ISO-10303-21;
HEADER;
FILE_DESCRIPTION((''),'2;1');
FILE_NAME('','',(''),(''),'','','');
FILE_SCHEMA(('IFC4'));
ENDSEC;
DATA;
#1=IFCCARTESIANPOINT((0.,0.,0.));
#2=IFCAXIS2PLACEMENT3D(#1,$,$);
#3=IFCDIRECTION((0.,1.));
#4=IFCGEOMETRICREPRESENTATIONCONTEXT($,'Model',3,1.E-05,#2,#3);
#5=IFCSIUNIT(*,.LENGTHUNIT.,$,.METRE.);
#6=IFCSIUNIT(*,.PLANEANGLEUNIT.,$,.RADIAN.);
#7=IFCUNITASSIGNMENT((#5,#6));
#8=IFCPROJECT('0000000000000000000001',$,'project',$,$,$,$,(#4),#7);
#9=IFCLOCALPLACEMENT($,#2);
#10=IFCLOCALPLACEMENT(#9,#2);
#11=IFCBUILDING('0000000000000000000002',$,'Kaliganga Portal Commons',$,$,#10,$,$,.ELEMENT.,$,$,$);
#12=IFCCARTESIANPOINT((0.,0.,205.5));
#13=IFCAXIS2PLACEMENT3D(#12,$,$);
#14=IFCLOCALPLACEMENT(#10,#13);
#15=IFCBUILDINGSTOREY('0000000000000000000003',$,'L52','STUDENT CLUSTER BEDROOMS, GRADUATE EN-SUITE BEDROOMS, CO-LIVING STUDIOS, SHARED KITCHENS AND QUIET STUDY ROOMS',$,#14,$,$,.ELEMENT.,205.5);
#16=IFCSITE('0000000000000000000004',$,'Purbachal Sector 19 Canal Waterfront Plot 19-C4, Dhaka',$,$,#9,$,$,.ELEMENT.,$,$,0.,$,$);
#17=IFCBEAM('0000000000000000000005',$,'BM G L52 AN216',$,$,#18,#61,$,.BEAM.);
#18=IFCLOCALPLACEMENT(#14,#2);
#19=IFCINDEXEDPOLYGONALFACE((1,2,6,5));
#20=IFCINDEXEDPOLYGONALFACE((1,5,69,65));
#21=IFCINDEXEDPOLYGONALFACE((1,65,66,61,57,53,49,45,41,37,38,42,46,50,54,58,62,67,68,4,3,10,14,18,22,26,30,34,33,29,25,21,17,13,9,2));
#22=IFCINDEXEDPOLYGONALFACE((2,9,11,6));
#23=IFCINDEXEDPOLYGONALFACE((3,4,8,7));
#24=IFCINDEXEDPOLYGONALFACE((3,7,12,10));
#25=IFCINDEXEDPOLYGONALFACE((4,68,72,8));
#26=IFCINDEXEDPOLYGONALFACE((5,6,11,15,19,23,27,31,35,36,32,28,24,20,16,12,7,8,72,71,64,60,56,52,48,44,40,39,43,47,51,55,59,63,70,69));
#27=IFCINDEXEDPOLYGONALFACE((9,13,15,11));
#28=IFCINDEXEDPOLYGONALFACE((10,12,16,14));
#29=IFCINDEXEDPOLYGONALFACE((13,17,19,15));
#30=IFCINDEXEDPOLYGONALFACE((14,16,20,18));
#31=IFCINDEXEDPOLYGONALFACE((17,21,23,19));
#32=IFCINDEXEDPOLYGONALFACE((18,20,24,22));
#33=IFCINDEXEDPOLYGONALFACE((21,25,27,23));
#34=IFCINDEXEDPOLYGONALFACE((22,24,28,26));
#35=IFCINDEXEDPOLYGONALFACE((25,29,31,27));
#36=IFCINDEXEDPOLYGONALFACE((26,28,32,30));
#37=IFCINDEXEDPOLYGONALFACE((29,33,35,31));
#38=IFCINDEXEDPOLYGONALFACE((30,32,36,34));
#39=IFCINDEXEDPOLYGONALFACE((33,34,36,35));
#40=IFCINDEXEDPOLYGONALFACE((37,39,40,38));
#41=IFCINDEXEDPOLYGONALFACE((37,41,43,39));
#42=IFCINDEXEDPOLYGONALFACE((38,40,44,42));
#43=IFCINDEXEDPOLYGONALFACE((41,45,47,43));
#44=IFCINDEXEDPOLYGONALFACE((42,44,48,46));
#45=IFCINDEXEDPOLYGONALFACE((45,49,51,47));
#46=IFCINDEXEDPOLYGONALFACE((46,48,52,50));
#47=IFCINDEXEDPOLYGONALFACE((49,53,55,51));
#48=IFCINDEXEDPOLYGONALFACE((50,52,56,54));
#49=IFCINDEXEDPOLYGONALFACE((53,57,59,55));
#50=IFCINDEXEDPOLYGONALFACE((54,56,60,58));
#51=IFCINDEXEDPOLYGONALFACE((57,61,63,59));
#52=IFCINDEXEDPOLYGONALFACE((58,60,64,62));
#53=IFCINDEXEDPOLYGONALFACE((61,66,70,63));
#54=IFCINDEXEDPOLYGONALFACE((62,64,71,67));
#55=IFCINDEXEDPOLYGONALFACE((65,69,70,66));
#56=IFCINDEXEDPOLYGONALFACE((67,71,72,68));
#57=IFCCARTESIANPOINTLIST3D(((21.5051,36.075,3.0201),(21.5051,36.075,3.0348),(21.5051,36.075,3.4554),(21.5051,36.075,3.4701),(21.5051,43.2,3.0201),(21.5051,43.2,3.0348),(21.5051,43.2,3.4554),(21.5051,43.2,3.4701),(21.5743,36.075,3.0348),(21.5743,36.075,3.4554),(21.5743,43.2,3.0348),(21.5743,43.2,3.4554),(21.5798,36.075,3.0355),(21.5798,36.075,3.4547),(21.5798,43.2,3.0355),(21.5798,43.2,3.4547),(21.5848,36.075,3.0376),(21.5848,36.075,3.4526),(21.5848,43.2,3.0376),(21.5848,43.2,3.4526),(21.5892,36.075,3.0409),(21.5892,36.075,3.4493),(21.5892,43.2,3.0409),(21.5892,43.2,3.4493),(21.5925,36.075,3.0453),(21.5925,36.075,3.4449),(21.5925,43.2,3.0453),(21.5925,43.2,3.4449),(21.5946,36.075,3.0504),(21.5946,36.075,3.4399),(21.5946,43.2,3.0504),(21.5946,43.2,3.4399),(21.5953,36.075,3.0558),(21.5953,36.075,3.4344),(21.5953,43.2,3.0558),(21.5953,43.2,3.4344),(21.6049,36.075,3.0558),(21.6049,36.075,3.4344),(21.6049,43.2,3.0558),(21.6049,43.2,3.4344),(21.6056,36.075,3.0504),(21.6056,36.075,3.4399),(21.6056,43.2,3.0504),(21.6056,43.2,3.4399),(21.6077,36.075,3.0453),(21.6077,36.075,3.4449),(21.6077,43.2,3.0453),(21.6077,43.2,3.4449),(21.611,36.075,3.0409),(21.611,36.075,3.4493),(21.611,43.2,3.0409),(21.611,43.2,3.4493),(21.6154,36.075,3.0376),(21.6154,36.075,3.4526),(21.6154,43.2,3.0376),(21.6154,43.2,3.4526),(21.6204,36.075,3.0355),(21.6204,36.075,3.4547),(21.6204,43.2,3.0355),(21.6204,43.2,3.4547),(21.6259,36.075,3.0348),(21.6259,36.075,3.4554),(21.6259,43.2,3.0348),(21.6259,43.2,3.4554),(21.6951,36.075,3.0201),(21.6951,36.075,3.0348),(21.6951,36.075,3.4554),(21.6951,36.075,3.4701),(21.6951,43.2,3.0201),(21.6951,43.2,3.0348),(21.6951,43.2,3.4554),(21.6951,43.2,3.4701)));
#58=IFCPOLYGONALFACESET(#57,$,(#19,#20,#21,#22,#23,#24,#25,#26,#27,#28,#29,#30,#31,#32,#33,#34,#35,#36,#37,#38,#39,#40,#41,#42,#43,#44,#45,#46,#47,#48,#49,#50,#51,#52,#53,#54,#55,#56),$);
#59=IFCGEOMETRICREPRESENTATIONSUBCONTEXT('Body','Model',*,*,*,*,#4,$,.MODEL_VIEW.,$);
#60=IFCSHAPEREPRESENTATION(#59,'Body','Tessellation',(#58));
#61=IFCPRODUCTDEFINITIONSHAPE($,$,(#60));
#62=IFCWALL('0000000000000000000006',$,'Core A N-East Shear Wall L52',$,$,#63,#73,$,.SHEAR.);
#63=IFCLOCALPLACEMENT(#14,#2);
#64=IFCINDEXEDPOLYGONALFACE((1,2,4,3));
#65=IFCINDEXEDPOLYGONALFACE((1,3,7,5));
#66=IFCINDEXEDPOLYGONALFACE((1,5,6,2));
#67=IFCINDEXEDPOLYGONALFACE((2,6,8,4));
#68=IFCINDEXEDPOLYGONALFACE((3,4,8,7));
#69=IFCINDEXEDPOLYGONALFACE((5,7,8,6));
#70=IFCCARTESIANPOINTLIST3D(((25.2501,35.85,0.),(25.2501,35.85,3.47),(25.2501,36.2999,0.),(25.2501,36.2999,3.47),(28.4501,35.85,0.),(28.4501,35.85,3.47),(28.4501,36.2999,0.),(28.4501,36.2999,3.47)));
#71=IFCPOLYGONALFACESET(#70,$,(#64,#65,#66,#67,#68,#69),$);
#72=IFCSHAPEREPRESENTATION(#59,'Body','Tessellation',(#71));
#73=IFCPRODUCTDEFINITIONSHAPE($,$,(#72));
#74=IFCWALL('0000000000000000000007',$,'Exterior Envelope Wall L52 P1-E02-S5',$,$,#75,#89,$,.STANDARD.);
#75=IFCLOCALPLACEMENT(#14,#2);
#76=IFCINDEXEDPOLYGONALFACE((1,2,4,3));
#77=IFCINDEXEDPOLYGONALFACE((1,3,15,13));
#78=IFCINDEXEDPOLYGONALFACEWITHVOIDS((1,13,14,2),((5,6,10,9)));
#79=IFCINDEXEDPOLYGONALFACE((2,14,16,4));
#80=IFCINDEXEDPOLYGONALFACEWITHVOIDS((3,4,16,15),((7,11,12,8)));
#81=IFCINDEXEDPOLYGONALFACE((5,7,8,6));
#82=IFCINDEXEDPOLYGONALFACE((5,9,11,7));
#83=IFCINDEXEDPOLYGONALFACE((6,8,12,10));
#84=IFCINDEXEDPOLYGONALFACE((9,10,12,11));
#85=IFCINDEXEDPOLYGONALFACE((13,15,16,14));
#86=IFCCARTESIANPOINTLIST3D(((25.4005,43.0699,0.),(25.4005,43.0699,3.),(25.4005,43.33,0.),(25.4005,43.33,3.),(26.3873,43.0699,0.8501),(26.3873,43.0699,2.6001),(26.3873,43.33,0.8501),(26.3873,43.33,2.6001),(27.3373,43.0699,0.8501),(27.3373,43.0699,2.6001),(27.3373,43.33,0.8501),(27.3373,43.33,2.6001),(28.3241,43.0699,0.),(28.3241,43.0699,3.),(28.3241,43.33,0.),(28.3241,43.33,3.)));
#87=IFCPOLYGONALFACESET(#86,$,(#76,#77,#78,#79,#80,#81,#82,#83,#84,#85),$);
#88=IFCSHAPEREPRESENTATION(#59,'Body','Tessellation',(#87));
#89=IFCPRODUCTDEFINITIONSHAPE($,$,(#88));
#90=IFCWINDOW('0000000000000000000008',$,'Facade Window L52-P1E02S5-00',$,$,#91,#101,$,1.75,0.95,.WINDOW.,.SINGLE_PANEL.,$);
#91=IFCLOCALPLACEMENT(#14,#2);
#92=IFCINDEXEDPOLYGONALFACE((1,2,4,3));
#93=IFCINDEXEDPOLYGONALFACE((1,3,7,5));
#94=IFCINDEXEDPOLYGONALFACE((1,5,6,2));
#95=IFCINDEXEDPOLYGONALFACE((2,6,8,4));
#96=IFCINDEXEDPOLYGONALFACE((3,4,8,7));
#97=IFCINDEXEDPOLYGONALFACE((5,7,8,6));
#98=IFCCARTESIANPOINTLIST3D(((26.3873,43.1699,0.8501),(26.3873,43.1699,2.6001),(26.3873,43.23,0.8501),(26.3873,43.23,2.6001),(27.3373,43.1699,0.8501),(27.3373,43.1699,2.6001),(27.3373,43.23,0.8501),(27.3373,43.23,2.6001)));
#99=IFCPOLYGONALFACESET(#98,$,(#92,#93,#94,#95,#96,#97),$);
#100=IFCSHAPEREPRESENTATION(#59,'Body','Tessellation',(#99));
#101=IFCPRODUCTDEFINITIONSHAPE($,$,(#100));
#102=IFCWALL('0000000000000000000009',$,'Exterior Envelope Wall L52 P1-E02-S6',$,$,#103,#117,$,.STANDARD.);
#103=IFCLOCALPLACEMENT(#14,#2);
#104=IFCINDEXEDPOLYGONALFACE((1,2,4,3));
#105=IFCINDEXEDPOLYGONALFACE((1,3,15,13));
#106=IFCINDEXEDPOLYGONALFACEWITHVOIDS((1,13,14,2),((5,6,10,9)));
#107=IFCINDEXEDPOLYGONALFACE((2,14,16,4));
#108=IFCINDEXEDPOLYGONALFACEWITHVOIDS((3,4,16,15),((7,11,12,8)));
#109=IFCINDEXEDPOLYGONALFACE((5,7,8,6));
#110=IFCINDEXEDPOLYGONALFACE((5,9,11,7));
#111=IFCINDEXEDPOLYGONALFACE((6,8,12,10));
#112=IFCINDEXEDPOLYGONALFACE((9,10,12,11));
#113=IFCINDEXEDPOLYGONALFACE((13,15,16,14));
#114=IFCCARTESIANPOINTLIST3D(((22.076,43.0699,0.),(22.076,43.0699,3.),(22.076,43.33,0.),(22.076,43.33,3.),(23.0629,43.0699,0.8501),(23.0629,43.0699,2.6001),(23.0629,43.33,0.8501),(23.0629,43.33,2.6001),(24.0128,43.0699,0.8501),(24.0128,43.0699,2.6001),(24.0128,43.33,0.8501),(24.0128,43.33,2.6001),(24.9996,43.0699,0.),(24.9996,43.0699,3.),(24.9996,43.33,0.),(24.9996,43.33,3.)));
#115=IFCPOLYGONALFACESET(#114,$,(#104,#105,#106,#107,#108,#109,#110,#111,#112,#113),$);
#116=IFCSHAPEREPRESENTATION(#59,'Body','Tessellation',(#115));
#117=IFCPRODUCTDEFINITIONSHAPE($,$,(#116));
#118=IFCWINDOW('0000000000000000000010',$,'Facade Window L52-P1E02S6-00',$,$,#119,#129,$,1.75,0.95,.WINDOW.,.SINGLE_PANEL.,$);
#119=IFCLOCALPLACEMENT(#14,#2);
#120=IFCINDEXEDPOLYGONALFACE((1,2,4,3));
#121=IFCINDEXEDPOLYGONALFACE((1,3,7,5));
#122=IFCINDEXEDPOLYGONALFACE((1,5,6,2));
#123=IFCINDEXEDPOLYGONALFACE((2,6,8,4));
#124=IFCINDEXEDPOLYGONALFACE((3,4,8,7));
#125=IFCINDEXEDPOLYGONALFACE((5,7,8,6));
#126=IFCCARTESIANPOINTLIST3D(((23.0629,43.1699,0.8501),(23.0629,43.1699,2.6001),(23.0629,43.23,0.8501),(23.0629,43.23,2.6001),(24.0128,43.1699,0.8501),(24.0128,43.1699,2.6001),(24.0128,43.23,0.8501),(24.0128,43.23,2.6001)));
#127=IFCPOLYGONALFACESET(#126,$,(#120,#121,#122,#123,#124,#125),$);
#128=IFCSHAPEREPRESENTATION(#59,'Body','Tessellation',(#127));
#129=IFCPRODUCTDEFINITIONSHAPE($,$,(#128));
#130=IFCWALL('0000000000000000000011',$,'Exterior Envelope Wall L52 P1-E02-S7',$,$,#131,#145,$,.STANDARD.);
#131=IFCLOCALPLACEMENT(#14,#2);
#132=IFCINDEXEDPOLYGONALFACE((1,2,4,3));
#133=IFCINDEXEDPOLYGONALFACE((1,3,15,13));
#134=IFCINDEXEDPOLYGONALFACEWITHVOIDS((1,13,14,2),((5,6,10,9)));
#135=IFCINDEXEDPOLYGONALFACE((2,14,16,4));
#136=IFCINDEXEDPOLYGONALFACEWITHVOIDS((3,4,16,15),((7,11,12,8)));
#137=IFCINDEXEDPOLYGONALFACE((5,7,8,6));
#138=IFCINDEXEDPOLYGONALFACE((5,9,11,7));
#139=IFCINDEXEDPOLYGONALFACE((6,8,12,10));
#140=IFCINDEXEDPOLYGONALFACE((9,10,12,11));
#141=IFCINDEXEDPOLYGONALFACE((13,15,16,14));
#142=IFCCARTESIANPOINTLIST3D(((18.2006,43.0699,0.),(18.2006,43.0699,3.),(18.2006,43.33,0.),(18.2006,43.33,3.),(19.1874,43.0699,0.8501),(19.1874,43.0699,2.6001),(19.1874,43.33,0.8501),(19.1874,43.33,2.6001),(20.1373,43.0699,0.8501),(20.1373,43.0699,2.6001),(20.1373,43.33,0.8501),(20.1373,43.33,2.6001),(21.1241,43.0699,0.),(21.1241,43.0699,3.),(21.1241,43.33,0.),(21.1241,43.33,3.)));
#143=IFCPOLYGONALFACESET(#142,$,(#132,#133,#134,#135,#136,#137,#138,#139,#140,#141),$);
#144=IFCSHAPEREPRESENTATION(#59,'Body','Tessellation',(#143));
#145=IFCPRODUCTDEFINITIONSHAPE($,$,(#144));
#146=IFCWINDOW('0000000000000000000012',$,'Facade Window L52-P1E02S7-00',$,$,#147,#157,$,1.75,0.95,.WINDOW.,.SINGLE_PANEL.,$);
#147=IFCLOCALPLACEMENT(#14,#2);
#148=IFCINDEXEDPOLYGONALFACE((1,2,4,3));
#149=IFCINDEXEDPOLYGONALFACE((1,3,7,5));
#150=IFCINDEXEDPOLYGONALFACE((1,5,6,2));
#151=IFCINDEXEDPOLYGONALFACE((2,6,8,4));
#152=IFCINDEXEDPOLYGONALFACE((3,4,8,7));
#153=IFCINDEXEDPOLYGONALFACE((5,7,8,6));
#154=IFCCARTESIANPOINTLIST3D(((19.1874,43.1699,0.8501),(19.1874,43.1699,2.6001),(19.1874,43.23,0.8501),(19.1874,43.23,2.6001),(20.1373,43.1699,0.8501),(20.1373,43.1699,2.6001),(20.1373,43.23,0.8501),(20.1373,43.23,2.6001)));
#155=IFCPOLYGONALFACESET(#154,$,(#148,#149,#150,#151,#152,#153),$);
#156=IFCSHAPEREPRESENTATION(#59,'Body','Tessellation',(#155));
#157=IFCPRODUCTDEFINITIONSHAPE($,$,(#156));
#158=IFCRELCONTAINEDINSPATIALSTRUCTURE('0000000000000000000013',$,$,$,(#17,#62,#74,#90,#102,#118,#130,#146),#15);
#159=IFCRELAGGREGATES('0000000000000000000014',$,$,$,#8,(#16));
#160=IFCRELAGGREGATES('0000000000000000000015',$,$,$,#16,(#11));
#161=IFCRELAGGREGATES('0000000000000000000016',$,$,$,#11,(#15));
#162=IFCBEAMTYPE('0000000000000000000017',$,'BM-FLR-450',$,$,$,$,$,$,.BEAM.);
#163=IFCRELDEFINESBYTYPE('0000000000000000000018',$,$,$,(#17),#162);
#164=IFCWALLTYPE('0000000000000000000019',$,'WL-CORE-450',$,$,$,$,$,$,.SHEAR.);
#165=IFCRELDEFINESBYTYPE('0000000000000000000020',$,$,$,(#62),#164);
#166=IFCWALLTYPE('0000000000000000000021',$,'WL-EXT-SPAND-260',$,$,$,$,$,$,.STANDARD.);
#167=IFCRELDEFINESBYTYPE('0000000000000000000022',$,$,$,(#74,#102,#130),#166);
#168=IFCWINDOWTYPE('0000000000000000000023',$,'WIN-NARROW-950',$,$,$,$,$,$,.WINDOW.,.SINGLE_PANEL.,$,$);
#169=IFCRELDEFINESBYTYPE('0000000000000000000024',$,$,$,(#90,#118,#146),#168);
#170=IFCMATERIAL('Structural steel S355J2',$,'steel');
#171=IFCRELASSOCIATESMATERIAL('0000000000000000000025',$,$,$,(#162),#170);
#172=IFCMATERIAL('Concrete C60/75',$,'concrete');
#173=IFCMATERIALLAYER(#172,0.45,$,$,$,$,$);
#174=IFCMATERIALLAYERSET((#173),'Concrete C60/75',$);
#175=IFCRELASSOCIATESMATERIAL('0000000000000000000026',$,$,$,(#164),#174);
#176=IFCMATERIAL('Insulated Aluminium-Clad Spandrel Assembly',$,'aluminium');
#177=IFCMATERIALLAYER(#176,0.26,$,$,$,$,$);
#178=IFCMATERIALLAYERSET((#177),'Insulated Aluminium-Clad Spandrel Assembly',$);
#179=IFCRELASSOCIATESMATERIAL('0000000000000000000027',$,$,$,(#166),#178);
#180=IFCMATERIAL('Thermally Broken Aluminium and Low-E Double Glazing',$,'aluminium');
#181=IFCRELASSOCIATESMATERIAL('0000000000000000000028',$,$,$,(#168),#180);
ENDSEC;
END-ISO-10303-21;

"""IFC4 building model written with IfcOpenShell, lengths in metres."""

from ifc_helpers import new_model, si_unit, direction, frame, frame_2d, origin, origin_2d, place, context, subcontext, project, spatial, rectangle, i_section, extrude, source, transform, mapped, material, layer, layer_set, material_profile, profile_set, type_object, element, fill, save


model = new_model("IFC4")

# Units and contexts
model_context = context("Model", 3, precision=1e-05, world=origin(), true_north=direction((0.0, 1.0)))
body_context = subcontext(model_context, "Body", "Model", "MODEL_VIEW")
ifc_project = project(units=[si_unit("LENGTHUNIT", "METRE"), si_unit("PLANEANGLEUNIT", "RADIAN")], contexts=[model_context])

# Site, building, storey
site_placement = place(None, origin())
site = spatial("IfcSite", under=ifc_project, at=site_placement, Name="Purbachal Sector 19 Canal Waterfront Plot 19-C4, Dhaka", CompositionType="ELEMENT", RefElevation=0.0)
building_placement = place(site_placement, origin())
building = spatial("IfcBuilding", under=site, at=building_placement, Name="Kaliganga Portal Commons", CompositionType="ELEMENT")
storey_placement = place(building_placement, frame((0.0, 0.0, 205.5)))
storey = spatial("IfcBuildingStorey", under=building, at=storey_placement, Name="L52", Description="STUDENT CLUSTER BEDROOMS, GRADUATE EN-SUITE BEDROOMS, CO-LIVING STUDIOS, SHARED KITCHENS AND QUIET STUDY ROOMS", CompositionType="ELEMENT", Elevation=205.5)

# Shared definitions
ifc_material_1 = material(Name="Structural steel S355J2", Category="steel")

# Beam
ifc_material_profile_1 = material_profile(ifc_material_1, i_section(OverallWidth=0.1899, OverallDepth=0.45, WebThickness=0.0095, FlangeThickness=0.0146, FilletRadius=0.021, at=origin_2d()), Name="IPE 450")
ifc_profile_set_1 = profile_set([ifc_material_profile_1], Name="Structural steel S355J2 wide-flange")
beam_type_1 = type_object("IfcBeamType", Name="BM-FLR-450", PredefinedType="BEAM", material=ifc_profile_set_1)
shared_shape_1 = source(origin(), body_context, "Body", "SweptSolid", [
    extrude(i_section(OverallWidth=0.1899, OverallDepth=0.45, WebThickness=0.0095, FlangeThickness=0.0146, FilletRadius=0.021, at=origin_2d()), origin(), (0.0, 0.0, 1.0), 7.125),
])
beam_1_placement = place(storey_placement, frame((21.6001, 36.075, 3.2451), z_axis=(0.0, 1.0, 0.0), x_axis=(-1.0, 0.0, 0.0)))
element("IfcBeam", 1, at=beam_1_placement, inside=storey, type_object=beam_type_1, Name="BM G L52 AN216", PredefinedType="BEAM", context=body_context, shape_type="MappedRepresentation", body=[
    mapped(shared_shape_1, transform((0.0, 0.0, 0.0), x_axis=(1.0, 0.0, 0.0), y_axis=(0.0, 1.0, 0.0), z_axis=(0.0, 0.0, 1.0), scale=1.0)),
])

# Wall
ifc_material_2 = material(Name="Concrete C60/75", Category="concrete")
ifc_layer_1 = layer(ifc_material_2, 0.45)
ifc_layer_set_1 = layer_set([ifc_layer_1], Name="Concrete C60/75")
wall_type_1 = type_object("IfcWallType", Name="WL-CORE-450", PredefinedType="SHEAR", material=ifc_layer_set_1)
wall_1_placement = place(storey_placement, frame((25.25, 36.075, 0.0), z_axis=(0.0, 0.0, 1.0), x_axis=(1.0, 0.0, 0.0)))
element("IfcWall", 2, at=wall_1_placement, inside=storey, type_object=wall_type_1, Name="Core A N-East Shear Wall L52", PredefinedType="SHEAR", context=body_context, shape_type="SweptSolid", body=[
    extrude(rectangle(XDim=3.2, YDim=0.45, at=frame_2d((1.6001, 0.0))), origin(), (0.0, 0.0, 1.0), 3.47),
])

# Walls, openings, windows
ifc_material_3 = material(Name="Insulated Aluminium-Clad Spandrel Assembly", Category="aluminium")
ifc_layer_2 = layer(ifc_material_3, 0.26)
ifc_layer_set_2 = layer_set([ifc_layer_2], Name="Insulated Aluminium-Clad Spandrel Assembly")
wall_type_2 = type_object("IfcWallType", Name="WL-EXT-SPAND-260", PredefinedType="STANDARD", material=ifc_layer_set_2)
wall_2_placement = place(storey_placement, frame((25.4004, 43.2, 0.0), z_axis=(0.0, 0.0, 1.0), x_axis=(1.0, 0.0, 0.0)))
wall_2 = element("IfcWall", 3, at=wall_2_placement, inside=storey, type_object=wall_type_2, Name="Exterior Envelope Wall L52 P1-E02-S5", PredefinedType="STANDARD", context=body_context, shape_type="SweptSolid", body=[
    extrude(rectangle(XDim=2.9236, YDim=0.26, at=frame_2d((1.4619, 0.0))), origin(), (0.0, 0.0, 1.0), 3.0),
])
opening_1_placement = place(wall_2_placement, frame((0.9868, 0.0, 0.8501)))
opening_1 = element("IfcOpeningElement", 4, at=opening_1_placement, cuts=wall_2, PredefinedType="OPENING", context=body_context, shape_type="SweptSolid", body=[
    extrude(rectangle(XDim=0.95, YDim=1.75, at=frame_2d((0.4751, 0.875))), frame((0.0, 0.1401, 0.0), z_axis=(0.0, -1.0, 0.0), x_axis=(1.0, 0.0, 0.0)), (0.0, 0.0, 1.0), 0.28),
])
ifc_material_4 = material(Name="Thermally Broken Aluminium and Low-E Double Glazing", Category="aluminium")
window_type = type_object("IfcWindowType", Name="WIN-NARROW-950", PartitioningType="SINGLE_PANEL", PredefinedType="WINDOW", material=ifc_material_4)
window_1_placement = place(opening_1_placement, origin())
window_1 = element("IfcWindow", 5, at=window_1_placement, inside=storey, type_object=window_type, Name="Facade Window L52-P1E02S5-00", OverallHeight=1.75, OverallWidth=0.95, PartitioningType="SINGLE_PANEL", PredefinedType="WINDOW", context=body_context, shape_type="SweptSolid", body=[
    extrude(rectangle(XDim=0.95, YDim=1.75, at=frame_2d((0.4751, 0.875))), frame((0.0, 0.03, 0.0), z_axis=(0.0, -1.0, 0.0), x_axis=(1.0, 0.0, 0.0)), (0.0, 0.0, 1.0), 0.0601),
])
fill(opening_1, window_1)
wall_3_placement = place(storey_placement, frame((22.0759, 43.2, 0.0), z_axis=(0.0, 0.0, 1.0), x_axis=(1.0, 0.0, 0.0)))
wall_3 = element("IfcWall", 6, at=wall_3_placement, inside=storey, type_object=wall_type_2, Name="Exterior Envelope Wall L52 P1-E02-S6", PredefinedType="STANDARD", context=body_context, shape_type="SweptSolid", body=[
    extrude(rectangle(XDim=2.9236, YDim=0.26, at=frame_2d((1.4619, 0.0))), origin(), (0.0, 0.0, 1.0), 3.0),
])
opening_2_placement = place(wall_3_placement, frame((0.9868, 0.0, 0.8501)))
opening_2 = element("IfcOpeningElement", 7, at=opening_2_placement, cuts=wall_3, PredefinedType="OPENING", context=body_context, shape_type="SweptSolid", body=[
    extrude(rectangle(XDim=0.95, YDim=1.75, at=frame_2d((0.4751, 0.875))), frame((0.0, 0.1401, 0.0), z_axis=(0.0, -1.0, 0.0), x_axis=(1.0, 0.0, 0.0)), (0.0, 0.0, 1.0), 0.28),
])
window_2_placement = place(opening_2_placement, origin())
window_2 = element("IfcWindow", 8, at=window_2_placement, inside=storey, type_object=window_type, Name="Facade Window L52-P1E02S6-00", OverallHeight=1.75, OverallWidth=0.95, PartitioningType="SINGLE_PANEL", PredefinedType="WINDOW", context=body_context, shape_type="SweptSolid", body=[
    extrude(rectangle(XDim=0.95, YDim=1.75, at=frame_2d((0.4751, 0.875))), frame((0.0, 0.03, 0.0), z_axis=(0.0, -1.0, 0.0), x_axis=(1.0, 0.0, 0.0)), (0.0, 0.0, 1.0), 0.0601),
])
fill(opening_2, window_2)
wall_4_placement = place(storey_placement, frame((18.2004, 43.2, 0.0), z_axis=(0.0, 0.0, 1.0), x_axis=(1.0, 0.0, 0.0)))
wall_4 = element("IfcWall", 9, at=wall_4_placement, inside=storey, type_object=wall_type_2, Name="Exterior Envelope Wall L52 P1-E02-S7", PredefinedType="STANDARD", context=body_context, shape_type="SweptSolid", body=[
    extrude(rectangle(XDim=2.9236, YDim=0.26, at=frame_2d((1.4619, 0.0))), origin(), (0.0, 0.0, 1.0), 3.0),
])
opening_3_placement = place(wall_4_placement, frame((0.9868, 0.0, 0.8501)))
opening_3 = element("IfcOpeningElement", 10, at=opening_3_placement, cuts=wall_4, PredefinedType="OPENING", context=body_context, shape_type="SweptSolid", body=[
    extrude(rectangle(XDim=0.95, YDim=1.75, at=frame_2d((0.4751, 0.875))), frame((0.0, 0.1401, 0.0), z_axis=(0.0, -1.0, 0.0), x_axis=(1.0, 0.0, 0.0)), (0.0, 0.0, 1.0), 0.28),
])
window_3_placement = place(opening_3_placement, origin())
window_3 = element("IfcWindow", 11, at=window_3_placement, inside=storey, type_object=window_type, Name="Facade Window L52-P1E02S7-00", OverallHeight=1.75, OverallWidth=0.95, PartitioningType="SINGLE_PANEL", PredefinedType="WINDOW", context=body_context, shape_type="SweptSolid", body=[
    extrude(rectangle(XDim=0.95, YDim=1.75, at=frame_2d((0.4751, 0.875))), frame((0.0, 0.03, 0.0), z_axis=(0.0, -1.0, 0.0), x_axis=(1.0, 0.0, 0.0)), (0.0, 0.0, 1.0), 0.0601),
])
fill(opening_3, window_3)

save(model, "model.ifc")
